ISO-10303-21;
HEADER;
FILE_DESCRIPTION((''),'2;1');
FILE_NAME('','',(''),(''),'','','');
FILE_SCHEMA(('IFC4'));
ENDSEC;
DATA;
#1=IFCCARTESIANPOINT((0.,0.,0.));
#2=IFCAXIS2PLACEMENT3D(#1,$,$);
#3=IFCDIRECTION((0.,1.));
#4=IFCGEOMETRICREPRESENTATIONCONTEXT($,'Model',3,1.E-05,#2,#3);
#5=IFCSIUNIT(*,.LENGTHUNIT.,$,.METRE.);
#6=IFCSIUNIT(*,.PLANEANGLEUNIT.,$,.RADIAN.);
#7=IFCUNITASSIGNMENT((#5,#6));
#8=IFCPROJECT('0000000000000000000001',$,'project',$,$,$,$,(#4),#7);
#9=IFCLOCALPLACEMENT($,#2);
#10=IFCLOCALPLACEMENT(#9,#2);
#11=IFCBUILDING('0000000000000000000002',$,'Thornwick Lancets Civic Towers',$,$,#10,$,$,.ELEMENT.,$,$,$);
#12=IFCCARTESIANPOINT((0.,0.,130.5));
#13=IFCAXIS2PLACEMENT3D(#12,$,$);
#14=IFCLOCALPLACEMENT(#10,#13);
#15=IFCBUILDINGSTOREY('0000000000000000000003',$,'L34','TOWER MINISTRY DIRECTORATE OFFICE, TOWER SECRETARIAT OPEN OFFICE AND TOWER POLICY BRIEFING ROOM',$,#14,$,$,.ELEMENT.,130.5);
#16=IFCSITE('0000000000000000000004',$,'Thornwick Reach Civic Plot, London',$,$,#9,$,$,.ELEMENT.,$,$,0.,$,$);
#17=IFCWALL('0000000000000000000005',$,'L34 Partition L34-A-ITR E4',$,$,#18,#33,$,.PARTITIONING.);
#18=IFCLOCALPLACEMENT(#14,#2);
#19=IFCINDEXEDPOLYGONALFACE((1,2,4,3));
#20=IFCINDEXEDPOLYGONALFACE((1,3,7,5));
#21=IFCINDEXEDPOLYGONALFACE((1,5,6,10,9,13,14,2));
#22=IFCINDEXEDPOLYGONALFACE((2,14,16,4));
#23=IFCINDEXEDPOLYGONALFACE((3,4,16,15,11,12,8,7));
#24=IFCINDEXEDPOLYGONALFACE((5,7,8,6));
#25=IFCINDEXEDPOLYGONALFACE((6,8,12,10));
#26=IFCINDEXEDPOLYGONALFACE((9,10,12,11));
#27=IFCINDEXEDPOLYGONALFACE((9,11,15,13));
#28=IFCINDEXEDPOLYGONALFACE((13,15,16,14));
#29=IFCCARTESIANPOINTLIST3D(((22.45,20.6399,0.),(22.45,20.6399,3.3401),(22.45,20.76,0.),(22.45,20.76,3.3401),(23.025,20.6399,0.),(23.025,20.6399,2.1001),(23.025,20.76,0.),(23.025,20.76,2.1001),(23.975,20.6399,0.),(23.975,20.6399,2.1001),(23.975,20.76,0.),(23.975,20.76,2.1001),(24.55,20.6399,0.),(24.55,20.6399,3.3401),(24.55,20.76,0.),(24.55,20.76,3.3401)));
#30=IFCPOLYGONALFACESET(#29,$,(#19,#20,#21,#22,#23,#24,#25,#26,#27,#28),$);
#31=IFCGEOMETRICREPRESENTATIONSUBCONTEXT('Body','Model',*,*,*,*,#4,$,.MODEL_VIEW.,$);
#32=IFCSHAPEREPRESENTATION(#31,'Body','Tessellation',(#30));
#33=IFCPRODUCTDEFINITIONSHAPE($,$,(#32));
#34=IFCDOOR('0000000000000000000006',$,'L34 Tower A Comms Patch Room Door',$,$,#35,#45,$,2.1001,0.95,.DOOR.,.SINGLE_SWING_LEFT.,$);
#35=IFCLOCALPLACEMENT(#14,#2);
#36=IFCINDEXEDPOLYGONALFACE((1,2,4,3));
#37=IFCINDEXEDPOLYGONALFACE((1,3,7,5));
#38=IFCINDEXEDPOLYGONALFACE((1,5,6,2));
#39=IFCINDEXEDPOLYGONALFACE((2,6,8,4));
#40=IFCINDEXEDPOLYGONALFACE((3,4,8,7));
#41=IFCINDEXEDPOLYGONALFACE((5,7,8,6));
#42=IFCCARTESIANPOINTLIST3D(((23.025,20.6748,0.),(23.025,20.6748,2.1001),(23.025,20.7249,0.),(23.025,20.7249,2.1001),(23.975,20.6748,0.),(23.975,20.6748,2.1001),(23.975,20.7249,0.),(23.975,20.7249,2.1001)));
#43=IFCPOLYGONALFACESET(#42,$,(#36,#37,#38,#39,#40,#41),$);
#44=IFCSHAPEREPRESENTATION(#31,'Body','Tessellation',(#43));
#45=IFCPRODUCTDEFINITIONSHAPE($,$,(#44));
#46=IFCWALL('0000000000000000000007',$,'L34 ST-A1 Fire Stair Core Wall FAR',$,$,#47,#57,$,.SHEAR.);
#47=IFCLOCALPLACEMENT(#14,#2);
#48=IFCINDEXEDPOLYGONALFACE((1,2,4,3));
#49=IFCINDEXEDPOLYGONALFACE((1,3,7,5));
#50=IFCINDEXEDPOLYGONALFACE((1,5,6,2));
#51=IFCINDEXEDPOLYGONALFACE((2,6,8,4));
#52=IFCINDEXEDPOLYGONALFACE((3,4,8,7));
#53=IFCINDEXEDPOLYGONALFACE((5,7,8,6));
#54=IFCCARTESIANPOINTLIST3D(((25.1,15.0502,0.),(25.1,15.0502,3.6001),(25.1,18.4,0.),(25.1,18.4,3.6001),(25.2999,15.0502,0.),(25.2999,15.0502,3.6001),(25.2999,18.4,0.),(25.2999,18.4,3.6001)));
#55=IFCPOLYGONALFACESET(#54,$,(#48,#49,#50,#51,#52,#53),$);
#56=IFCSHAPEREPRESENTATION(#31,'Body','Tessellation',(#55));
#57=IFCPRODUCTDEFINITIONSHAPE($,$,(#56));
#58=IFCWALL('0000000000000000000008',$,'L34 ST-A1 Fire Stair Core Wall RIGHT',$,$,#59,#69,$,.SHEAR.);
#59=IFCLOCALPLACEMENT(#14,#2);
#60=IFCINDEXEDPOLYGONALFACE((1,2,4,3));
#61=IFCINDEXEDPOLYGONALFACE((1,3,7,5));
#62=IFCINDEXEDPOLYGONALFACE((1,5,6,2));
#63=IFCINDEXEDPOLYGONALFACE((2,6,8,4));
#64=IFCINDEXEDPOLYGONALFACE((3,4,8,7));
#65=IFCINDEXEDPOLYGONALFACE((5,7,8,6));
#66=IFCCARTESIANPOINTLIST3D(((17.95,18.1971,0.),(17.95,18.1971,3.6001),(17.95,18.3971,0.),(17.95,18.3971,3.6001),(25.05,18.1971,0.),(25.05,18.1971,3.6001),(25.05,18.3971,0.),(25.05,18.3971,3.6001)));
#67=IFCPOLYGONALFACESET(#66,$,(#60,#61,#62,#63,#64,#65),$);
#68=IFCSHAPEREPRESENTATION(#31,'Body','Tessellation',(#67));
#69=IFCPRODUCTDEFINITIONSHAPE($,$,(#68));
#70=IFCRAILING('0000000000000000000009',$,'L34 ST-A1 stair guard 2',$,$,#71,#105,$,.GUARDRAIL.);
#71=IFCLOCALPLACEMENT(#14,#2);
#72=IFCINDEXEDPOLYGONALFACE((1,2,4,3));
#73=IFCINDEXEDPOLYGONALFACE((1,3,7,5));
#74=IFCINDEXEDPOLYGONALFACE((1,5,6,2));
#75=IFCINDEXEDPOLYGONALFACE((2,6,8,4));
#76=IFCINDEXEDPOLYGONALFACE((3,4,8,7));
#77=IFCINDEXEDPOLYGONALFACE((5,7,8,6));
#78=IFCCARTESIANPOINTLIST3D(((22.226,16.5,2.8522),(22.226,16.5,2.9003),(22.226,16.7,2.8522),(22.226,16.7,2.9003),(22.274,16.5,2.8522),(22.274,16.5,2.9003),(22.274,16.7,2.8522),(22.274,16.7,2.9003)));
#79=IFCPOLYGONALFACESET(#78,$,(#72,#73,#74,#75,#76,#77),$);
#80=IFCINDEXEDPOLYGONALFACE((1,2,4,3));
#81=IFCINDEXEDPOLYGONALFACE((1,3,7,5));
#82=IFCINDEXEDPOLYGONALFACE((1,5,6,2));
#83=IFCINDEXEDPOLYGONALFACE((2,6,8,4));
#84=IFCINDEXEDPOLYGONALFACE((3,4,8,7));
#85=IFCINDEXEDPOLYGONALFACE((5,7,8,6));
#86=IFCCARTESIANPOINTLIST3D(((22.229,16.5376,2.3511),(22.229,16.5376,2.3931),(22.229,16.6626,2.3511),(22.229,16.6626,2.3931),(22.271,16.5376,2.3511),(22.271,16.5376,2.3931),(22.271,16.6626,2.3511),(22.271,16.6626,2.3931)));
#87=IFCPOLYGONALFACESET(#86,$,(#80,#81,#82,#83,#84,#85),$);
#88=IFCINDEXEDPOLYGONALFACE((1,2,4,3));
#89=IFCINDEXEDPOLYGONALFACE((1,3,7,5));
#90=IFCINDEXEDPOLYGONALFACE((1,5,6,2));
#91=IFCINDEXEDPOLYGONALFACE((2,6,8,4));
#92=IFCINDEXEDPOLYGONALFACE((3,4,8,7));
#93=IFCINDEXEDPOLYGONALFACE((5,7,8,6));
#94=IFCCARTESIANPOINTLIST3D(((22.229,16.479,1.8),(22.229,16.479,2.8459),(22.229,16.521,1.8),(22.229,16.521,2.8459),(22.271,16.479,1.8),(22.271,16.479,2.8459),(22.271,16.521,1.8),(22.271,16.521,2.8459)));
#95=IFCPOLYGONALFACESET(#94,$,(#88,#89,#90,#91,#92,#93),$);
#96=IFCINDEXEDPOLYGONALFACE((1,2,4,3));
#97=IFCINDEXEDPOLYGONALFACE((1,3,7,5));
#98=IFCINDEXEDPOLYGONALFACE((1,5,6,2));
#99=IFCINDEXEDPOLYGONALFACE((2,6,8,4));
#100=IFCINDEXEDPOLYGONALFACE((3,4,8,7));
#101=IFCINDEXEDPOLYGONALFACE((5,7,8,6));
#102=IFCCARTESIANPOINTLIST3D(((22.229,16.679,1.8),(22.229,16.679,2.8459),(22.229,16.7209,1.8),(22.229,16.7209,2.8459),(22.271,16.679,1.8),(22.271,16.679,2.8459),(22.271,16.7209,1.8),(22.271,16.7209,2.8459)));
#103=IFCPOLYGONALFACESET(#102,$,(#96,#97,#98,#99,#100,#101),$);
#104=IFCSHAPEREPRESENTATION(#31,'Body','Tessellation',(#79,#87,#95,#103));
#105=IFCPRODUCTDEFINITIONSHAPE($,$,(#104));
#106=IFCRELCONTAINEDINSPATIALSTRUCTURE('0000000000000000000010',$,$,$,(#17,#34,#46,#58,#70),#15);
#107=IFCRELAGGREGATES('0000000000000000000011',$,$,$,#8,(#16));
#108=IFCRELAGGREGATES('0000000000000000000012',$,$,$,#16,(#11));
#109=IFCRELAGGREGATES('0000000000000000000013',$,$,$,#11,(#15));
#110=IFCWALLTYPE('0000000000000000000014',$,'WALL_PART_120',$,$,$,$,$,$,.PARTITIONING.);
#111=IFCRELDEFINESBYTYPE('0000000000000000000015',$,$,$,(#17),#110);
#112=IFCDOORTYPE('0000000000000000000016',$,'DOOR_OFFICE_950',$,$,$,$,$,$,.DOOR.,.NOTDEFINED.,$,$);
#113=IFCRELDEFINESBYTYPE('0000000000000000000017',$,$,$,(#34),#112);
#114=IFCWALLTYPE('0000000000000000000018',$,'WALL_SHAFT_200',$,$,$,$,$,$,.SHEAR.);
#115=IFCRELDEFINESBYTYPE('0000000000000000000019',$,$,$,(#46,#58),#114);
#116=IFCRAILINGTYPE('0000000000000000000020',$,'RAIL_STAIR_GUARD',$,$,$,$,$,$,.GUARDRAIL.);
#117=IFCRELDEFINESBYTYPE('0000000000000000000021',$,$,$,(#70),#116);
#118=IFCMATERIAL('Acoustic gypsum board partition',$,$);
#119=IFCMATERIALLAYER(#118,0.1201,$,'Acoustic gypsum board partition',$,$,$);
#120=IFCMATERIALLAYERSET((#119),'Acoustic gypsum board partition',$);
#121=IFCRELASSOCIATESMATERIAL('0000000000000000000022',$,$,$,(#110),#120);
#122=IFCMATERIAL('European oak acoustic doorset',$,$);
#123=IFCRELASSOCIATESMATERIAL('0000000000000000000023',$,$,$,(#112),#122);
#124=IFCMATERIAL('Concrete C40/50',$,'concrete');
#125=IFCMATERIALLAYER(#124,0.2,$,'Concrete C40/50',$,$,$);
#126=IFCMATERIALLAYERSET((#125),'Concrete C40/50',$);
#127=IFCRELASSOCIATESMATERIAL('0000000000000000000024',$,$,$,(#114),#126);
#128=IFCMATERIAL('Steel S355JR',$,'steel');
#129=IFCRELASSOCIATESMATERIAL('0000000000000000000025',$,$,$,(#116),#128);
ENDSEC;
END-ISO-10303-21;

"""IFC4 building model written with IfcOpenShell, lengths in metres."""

from ifc_helpers import new_model, si_unit, direction, frame, frame_2d, origin, origin_2d, place, context, subcontext, project, spatial, rectangle, extrude, material, layer, layer_set, type_object, element, fill, save


model = new_model("IFC4")

# Units and contexts
model_context = context("Model", 3, precision=1e-05, world=origin(), true_north=direction((0.0, 1.0)))
body_context = subcontext(model_context, "Body", "Model", "MODEL_VIEW")
ifc_project = project(units=[si_unit("LENGTHUNIT", "METRE"), si_unit("PLANEANGLEUNIT", "RADIAN")], contexts=[model_context])

# Site, building, storey
site_placement = place(None, origin())
site = spatial("IfcSite", under=ifc_project, at=site_placement, Name="Thornwick Reach Civic Plot, London", CompositionType="ELEMENT", RefElevation=0.0)
building_placement = place(site_placement, origin())
building = spatial("IfcBuilding", under=site, at=building_placement, Name="Thornwick Lancets Civic Towers", CompositionType="ELEMENT")
storey_placement = place(building_placement, frame((0.0, 0.0, 130.5)))
storey = spatial("IfcBuildingStorey", under=building, at=storey_placement, Name="L34", Description="TOWER MINISTRY DIRECTORATE OFFICE, TOWER SECRETARIAT OPEN OFFICE AND TOWER POLICY BRIEFING ROOM", CompositionType="ELEMENT", Elevation=130.5)

# Shared definitions
ifc_material_1 = material(Name="Acoustic gypsum board partition")
ifc_layer_1 = layer(ifc_material_1, 0.1201, Name="Acoustic gypsum board partition")
ifc_layer_set_1 = layer_set([ifc_layer_1], Name="Acoustic gypsum board partition")
wall_type_1 = type_object("IfcWallType", Name="WALL_PART_120", PredefinedType="PARTITIONING", material=ifc_layer_set_1)

# Wall, opening, door
wall_1_placement = place(storey_placement, frame((22.45, 20.7, 0.0), z_axis=(0.0, 0.0, 1.0), x_axis=(1.0, 0.0, 0.0)))
wall_1 = element("IfcWall", 1, at=wall_1_placement, inside=storey, type_object=wall_type_1, Name="L34 Partition L34-A-ITR E4", PredefinedType="PARTITIONING", context=body_context, shape_type="SweptSolid", body=[
    extrude(rectangle(XDim=2.1001, YDim=0.1201, at=frame_2d((1.05, 0.0))), origin(), (0.0, 0.0, 1.0), 3.3401),
])
opening_1_placement = place(wall_1_placement, frame((0.575, 0.0, 0.0)))
opening_1 = element("IfcOpeningElement", 2, at=opening_1_placement, cuts=wall_1, PredefinedType="OPENING", context=body_context, shape_type="SweptSolid", body=[
    extrude(rectangle(XDim=0.95, YDim=2.1001, at=frame_2d((0.4751, 1.05))), frame((0.0, 0.0701, 0.0), z_axis=(0.0, -1.0, 0.0), x_axis=(1.0, 0.0, 0.0)), (0.0, 0.0, 1.0), 0.1401),
])
ifc_material_2 = material(Name="European oak acoustic doorset")
door_type_1 = type_object("IfcDoorType", Name="DOOR_OFFICE_950", OperationType="NOTDEFINED", PredefinedType="DOOR", material=ifc_material_2)
door_1_placement = place(opening_1_placement, origin())
door_1 = element("IfcDoor", 3, at=door_1_placement, inside=storey, type_object=door_type_1, Name="L34 Tower A Comms Patch Room Door", OperationType="SINGLE_SWING_LEFT", OverallHeight=2.1001, OverallWidth=0.95, PredefinedType="DOOR", context=body_context, shape_type="SweptSolid", body=[
    extrude(rectangle(XDim=0.95, YDim=2.1001, at=frame_2d((0.4751, 1.05))), frame((0.0, 0.0249, 0.0), z_axis=(0.0, -1.0, 0.0), x_axis=(1.0, 0.0, 0.0)), (0.0, 0.0, 1.0), 0.05),
])
fill(opening_1, door_1)

# Walls
ifc_material_3 = material(Name="Concrete C40/50", Category="concrete")
ifc_layer_2 = layer(ifc_material_3, 0.2, Name="Concrete C40/50")
ifc_layer_set_2 = layer_set([ifc_layer_2], Name="Concrete C40/50")
wall_type_2 = type_object("IfcWallType", Name="WALL_SHAFT_200", PredefinedType="SHEAR", material=ifc_layer_set_2)
wall_2_placement = place(storey_placement, frame((25.2, 18.3999, 0.0), z_axis=(0.0, 0.0, 1.0), x_axis=(0.0, -1.0, 0.0)))
element("IfcWall", 4, at=wall_2_placement, inside=storey, type_object=wall_type_2, Name="L34 ST-A1 Fire Stair Core Wall FAR", PredefinedType="SHEAR", context=body_context, shape_type="SweptSolid", body=[
    extrude(rectangle(XDim=3.3499, YDim=0.2, at=frame_2d((1.6748, 0.0))), origin(), (0.0, 0.0, 1.0), 3.6001),
])
wall_3_placement = place(storey_placement, frame((25.05, 18.2971, 0.0), z_axis=(0.0, 0.0, 1.0), x_axis=(-1.0, 0.0, 0.0)))
element("IfcWall", 5, at=wall_3_placement, inside=storey, type_object=wall_type_2, Name="L34 ST-A1 Fire Stair Core Wall RIGHT", PredefinedType="SHEAR", context=body_context, shape_type="SweptSolid", body=[
    extrude(rectangle(XDim=7.1001, YDim=0.2, at=frame_2d((3.55, 0.0))), origin(), (0.0, 0.0, 1.0), 3.6001),
])

# Railing
ifc_material_4 = material(Name="Steel S355JR", Category="steel")
railing_type = type_object("IfcRailingType", Name="RAIL_STAIR_GUARD", PredefinedType="GUARDRAIL", material=ifc_material_4)
railing_placement = place(storey_placement, frame((22.25, 16.5, 1.8)))
element("IfcRailing", 6, at=railing_placement, inside=storey, type_object=railing_type, Name="L34 ST-A1 stair guard 2", PredefinedType="GUARDRAIL", context=body_context, shape_type="SweptSolid", body=[
    extrude(rectangle(XDim=0.0481, YDim=0.0481, at=origin_2d()), frame((0.0, 0.0, 1.0762), z_axis=(0.0, 1.0, 0.0), x_axis=(-1.0, 0.0, 0.0)), (0.0, 0.0, 1.0), 0.2),
    extrude(rectangle(XDim=0.042, YDim=0.042, at=origin_2d()), frame((0.0, 0.0376, 0.572), z_axis=(0.0, 1.0, 0.0), x_axis=(-1.0, 0.0, 0.0)), (0.0, 0.0, 1.0), 0.125),
    extrude(rectangle(XDim=0.042, YDim=0.042, at=origin_2d()), origin(), (0.0, 0.0, 1.0), 1.0459),
    extrude(rectangle(XDim=0.042, YDim=0.042, at=origin_2d()), frame((0.0, 0.2, 0.0)), (0.0, 0.0, 1.0), 1.0459),
])

save(model, "model.ifc")
